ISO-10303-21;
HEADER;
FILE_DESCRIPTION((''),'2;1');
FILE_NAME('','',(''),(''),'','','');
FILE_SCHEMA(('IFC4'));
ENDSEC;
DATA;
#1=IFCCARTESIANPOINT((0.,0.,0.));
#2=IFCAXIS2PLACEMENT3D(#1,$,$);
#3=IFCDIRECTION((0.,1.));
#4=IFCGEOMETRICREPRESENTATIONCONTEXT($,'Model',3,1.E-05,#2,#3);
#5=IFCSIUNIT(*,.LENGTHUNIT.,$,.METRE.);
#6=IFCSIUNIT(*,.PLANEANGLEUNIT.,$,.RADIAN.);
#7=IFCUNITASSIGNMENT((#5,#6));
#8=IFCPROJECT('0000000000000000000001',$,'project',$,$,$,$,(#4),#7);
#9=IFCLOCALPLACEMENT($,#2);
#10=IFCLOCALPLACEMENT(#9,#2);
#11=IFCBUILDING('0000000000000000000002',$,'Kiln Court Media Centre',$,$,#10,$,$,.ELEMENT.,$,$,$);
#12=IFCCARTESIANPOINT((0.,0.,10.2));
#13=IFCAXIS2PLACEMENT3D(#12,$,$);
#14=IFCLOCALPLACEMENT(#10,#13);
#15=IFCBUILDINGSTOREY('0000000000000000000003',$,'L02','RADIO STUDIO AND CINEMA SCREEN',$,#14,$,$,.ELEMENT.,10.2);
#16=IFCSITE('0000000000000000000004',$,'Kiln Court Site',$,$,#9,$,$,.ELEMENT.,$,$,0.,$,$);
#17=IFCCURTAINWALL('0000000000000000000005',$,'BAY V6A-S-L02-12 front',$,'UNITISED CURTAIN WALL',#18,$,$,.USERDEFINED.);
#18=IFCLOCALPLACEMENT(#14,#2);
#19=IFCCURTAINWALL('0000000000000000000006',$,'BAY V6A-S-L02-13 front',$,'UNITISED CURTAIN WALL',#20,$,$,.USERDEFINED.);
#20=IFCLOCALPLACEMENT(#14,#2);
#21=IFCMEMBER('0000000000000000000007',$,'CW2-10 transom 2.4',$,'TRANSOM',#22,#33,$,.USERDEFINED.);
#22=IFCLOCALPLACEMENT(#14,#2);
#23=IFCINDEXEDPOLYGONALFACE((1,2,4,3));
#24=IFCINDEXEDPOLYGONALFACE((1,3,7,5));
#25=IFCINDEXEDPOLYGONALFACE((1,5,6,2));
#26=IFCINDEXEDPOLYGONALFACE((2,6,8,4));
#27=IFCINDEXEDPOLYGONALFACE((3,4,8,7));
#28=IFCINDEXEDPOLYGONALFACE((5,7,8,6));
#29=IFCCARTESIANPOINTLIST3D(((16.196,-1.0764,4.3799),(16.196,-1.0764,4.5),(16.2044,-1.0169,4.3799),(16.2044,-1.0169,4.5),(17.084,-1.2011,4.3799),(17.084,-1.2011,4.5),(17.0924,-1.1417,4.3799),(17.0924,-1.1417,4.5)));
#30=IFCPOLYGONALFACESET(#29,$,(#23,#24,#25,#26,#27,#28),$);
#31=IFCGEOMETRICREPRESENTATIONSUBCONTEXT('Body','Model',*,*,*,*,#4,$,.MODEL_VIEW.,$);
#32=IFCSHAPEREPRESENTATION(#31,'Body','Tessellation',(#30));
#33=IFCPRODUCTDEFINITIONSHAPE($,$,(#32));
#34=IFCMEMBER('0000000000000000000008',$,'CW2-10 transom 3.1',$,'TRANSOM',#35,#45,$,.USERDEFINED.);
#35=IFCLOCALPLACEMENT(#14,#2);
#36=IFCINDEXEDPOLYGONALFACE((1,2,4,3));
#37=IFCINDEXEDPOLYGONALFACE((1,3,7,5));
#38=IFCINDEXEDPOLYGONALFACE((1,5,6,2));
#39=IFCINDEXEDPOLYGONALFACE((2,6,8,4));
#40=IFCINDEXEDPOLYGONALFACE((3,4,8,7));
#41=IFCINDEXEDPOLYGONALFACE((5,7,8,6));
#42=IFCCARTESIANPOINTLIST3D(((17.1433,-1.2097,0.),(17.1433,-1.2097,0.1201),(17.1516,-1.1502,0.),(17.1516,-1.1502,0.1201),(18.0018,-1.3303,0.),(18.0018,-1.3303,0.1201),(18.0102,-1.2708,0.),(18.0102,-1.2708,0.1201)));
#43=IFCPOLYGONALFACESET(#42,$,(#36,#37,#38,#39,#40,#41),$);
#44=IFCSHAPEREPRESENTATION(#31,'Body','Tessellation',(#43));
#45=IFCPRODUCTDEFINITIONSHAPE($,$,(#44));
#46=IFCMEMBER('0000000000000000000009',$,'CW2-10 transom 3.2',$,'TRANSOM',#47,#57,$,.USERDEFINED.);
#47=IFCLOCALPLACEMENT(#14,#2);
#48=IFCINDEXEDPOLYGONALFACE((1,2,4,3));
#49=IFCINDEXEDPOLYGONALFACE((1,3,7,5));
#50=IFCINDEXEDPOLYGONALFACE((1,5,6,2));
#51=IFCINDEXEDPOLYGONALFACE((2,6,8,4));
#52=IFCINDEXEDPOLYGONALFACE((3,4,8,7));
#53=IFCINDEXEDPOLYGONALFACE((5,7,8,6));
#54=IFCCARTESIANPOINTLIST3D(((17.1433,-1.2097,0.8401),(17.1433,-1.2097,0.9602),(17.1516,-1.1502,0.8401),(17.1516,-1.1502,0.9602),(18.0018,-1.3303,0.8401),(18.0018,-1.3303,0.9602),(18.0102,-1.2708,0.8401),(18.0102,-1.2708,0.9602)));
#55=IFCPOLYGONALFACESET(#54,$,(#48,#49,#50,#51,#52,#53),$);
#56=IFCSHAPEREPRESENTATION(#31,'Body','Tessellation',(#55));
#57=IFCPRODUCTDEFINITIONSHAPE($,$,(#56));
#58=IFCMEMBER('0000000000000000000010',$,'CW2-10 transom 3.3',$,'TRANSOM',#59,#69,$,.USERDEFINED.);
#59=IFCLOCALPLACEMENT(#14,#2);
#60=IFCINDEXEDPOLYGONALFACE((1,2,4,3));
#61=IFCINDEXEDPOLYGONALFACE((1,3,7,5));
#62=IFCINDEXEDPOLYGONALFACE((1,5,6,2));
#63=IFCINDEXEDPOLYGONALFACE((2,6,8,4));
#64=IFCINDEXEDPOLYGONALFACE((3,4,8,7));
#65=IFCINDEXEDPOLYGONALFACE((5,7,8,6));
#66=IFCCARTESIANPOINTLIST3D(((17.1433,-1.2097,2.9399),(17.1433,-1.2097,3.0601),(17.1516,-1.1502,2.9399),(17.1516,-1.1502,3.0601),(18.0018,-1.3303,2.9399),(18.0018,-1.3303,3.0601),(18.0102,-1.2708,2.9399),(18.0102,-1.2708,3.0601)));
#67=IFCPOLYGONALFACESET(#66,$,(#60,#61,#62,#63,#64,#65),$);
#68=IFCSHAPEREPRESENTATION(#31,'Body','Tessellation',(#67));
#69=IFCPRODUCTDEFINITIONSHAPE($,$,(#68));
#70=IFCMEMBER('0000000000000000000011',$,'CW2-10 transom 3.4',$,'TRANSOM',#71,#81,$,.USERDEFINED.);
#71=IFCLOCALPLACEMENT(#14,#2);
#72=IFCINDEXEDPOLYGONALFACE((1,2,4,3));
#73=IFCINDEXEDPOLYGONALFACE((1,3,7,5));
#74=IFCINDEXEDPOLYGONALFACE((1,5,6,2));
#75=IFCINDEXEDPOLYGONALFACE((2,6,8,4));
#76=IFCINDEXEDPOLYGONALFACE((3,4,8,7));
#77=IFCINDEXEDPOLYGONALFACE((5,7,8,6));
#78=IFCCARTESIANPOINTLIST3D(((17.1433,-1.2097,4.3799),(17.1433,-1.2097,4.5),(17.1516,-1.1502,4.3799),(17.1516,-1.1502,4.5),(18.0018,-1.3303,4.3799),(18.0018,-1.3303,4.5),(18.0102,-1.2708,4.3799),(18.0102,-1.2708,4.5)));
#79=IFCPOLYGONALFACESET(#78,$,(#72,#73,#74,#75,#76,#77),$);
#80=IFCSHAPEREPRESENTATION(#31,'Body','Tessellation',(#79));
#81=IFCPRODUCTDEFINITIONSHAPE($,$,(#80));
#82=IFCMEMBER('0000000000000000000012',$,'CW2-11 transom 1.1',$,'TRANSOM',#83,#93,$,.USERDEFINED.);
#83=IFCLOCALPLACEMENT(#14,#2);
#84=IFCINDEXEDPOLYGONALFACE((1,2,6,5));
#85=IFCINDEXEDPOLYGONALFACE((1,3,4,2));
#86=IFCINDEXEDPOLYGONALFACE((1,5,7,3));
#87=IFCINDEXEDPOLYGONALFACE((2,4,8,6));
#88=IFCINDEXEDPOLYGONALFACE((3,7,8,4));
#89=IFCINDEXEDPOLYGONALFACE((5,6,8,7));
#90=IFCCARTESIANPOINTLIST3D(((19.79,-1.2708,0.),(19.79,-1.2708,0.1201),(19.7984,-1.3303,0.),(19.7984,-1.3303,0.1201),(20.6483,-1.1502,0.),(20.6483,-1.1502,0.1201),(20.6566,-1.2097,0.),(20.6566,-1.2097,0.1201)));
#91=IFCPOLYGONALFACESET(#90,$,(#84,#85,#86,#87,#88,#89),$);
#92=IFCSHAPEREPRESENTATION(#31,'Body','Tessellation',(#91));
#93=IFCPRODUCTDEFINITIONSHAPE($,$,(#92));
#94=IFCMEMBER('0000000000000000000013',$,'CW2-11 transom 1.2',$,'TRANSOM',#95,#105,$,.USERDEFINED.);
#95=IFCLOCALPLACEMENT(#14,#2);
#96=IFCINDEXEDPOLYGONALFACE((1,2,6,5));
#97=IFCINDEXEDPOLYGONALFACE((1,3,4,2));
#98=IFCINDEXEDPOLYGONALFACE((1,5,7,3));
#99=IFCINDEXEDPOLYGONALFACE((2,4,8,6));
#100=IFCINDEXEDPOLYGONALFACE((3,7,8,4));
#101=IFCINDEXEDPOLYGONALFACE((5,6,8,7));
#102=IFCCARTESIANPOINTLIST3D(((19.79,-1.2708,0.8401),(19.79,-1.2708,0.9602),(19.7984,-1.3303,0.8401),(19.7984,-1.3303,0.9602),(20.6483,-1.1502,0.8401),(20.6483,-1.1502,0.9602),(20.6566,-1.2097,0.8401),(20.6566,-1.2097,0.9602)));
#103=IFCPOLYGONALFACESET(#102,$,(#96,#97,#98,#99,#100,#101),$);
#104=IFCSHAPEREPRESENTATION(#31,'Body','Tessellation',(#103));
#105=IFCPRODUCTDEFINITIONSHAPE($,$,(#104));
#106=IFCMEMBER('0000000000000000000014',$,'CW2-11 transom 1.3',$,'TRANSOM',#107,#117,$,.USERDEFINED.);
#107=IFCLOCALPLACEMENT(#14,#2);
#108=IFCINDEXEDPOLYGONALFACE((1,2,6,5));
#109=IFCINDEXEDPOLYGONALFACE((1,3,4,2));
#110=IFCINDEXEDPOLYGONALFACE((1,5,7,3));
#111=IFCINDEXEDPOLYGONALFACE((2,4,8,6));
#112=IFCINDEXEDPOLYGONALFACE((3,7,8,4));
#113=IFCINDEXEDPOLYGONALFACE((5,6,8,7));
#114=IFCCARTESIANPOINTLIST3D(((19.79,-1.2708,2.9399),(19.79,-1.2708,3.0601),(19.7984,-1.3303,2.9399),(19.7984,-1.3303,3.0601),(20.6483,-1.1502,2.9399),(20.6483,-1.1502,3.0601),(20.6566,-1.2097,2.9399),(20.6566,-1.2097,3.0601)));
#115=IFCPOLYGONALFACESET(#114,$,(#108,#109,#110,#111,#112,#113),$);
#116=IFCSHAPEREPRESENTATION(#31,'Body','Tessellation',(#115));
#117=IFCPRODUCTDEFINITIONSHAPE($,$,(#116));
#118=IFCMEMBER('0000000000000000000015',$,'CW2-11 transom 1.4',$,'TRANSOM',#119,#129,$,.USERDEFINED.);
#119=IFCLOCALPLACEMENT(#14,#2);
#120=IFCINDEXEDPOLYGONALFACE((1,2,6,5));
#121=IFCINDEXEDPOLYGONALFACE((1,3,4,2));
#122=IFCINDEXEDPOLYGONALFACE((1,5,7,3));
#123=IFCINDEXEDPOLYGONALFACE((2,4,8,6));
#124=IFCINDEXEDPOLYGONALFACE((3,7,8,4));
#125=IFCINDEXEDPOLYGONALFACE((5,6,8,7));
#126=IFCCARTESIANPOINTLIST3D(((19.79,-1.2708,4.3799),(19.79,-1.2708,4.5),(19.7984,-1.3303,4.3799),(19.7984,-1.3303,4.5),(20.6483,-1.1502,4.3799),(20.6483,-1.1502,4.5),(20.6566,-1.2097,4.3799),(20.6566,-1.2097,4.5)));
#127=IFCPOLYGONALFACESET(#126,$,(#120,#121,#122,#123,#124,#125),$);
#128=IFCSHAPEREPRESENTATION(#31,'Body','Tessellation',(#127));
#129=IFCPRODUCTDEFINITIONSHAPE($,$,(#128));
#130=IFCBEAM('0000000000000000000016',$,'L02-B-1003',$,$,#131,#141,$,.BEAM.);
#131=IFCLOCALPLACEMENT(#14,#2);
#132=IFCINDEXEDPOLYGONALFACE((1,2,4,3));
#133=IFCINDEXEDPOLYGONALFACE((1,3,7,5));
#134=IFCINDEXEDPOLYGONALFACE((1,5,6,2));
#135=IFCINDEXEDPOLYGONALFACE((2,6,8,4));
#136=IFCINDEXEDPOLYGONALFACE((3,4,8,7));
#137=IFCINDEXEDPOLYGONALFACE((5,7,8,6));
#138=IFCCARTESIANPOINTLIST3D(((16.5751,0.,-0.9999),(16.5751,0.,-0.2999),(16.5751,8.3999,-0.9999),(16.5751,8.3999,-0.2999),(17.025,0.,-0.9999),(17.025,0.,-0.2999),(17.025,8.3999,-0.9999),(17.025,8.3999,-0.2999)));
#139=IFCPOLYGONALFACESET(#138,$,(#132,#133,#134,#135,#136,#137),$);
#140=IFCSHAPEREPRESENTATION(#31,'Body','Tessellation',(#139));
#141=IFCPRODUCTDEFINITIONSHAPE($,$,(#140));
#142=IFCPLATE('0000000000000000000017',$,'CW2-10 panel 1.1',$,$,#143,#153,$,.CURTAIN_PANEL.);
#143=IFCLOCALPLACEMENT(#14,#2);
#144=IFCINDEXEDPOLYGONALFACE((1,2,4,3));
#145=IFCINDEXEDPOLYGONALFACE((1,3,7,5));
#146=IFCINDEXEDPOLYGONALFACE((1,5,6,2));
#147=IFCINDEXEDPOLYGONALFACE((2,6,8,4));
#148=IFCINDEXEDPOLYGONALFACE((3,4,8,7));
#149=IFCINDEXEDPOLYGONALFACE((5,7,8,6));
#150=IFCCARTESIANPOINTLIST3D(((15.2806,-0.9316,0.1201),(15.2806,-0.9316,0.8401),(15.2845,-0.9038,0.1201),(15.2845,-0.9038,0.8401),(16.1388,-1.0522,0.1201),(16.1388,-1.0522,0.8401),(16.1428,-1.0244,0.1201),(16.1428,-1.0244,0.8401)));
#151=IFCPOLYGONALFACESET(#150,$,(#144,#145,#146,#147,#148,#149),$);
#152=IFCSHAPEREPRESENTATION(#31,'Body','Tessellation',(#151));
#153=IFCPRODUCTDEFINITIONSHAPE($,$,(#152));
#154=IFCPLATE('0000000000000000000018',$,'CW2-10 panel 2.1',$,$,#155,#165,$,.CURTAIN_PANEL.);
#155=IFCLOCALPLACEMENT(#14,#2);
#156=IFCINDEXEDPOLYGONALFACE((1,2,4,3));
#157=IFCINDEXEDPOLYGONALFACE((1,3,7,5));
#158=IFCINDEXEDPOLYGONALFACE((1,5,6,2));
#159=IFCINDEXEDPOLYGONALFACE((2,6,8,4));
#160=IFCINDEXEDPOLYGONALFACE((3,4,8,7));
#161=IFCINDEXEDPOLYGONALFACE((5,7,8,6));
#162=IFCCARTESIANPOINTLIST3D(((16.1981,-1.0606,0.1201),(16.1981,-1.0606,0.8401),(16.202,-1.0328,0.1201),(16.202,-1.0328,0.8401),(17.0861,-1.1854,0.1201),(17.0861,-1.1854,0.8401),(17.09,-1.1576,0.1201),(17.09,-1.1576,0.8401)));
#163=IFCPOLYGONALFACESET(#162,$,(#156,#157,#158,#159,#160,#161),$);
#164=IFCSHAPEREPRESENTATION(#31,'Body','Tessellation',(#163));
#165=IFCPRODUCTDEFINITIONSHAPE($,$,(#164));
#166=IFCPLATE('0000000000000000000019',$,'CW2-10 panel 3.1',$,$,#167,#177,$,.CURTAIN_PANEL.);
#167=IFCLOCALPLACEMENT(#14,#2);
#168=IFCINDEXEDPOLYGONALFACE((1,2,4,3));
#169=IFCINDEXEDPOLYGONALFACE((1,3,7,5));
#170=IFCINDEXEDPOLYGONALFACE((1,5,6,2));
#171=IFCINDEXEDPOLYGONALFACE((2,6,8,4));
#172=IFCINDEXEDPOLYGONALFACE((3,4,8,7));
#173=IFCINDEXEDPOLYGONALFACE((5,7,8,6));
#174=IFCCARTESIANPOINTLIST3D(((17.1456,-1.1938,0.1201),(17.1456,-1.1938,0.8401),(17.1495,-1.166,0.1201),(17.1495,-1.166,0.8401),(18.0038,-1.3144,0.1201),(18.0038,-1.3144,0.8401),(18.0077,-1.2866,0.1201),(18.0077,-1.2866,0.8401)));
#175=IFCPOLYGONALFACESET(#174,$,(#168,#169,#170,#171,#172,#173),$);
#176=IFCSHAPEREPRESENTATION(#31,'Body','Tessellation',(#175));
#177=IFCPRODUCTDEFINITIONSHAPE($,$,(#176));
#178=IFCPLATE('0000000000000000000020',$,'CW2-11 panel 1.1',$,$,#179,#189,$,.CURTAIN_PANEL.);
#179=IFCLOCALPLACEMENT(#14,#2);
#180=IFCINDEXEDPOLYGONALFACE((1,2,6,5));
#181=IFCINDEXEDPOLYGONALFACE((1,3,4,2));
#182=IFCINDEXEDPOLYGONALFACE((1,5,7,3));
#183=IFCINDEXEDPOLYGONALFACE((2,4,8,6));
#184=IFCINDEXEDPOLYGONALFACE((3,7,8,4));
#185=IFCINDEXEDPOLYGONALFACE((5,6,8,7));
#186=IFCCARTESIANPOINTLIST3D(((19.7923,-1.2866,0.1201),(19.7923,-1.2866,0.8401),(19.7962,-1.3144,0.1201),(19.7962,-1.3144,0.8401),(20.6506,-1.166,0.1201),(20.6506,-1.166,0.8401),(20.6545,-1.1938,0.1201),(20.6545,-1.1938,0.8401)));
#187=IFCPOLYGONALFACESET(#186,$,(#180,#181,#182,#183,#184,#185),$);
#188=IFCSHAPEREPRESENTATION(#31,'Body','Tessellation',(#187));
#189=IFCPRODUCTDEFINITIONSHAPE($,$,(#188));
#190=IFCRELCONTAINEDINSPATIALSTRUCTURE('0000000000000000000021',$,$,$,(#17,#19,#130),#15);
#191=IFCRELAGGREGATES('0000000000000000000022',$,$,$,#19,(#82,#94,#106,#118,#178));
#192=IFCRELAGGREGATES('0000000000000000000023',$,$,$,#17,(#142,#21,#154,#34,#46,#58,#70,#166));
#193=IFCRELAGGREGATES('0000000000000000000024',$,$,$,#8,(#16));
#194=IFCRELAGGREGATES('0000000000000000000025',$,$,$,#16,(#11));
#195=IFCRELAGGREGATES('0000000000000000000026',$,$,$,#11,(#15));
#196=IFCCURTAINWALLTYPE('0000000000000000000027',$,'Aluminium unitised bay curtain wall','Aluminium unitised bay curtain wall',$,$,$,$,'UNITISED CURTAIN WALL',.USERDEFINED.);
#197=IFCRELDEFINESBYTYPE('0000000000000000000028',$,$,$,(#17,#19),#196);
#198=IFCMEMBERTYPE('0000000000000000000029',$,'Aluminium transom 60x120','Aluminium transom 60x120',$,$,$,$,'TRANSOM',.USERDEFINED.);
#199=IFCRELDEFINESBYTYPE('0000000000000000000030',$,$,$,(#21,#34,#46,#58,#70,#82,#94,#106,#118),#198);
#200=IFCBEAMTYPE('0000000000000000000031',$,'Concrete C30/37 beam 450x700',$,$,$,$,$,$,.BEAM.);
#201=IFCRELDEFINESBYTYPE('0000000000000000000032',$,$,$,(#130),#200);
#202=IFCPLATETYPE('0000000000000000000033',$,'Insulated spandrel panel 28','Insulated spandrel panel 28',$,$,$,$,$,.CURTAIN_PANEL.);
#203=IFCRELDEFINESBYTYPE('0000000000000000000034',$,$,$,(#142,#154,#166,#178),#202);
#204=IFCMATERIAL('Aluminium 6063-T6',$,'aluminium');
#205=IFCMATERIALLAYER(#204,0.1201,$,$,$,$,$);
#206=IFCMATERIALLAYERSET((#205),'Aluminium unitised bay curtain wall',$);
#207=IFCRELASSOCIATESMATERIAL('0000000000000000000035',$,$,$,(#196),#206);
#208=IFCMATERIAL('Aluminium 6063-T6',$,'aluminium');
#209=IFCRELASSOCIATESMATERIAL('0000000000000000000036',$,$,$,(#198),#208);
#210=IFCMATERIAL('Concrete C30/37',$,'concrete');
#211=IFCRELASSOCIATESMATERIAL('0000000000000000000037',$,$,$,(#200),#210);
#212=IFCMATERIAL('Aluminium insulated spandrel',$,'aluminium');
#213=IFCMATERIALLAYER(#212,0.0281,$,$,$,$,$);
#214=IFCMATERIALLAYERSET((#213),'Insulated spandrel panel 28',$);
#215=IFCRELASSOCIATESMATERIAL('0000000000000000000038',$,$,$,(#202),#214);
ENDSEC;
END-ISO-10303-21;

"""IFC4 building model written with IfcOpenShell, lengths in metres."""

from ifc_helpers import new_model, si_unit, direction, frame, origin, origin_2d, place, context, subcontext, project, spatial, rectangle, extrude, material, layer, layer_set, material_profile, profile_set, type_object, element, aggregate, save


model = new_model("IFC4")

# Units and contexts
model_context = context("Model", 3, precision=1e-05, world=origin(), true_north=direction((0.0, 1.0)))
body_context = subcontext(model_context, "Body", "Model", "MODEL_VIEW")
ifc_project = project(units=[si_unit("LENGTHUNIT", "METRE"), si_unit("PLANEANGLEUNIT", "RADIAN")], contexts=[model_context])

# Site, building, storey
site_placement = place(None, origin())
site = spatial("IfcSite", under=ifc_project, at=site_placement, Name="Kiln Court Site", CompositionType="ELEMENT", RefElevation=0.0)
building_placement = place(site_placement, origin())
building = spatial("IfcBuilding", under=site, at=building_placement, Name="Kiln Court Media Centre", CompositionType="ELEMENT")
storey_placement = place(building_placement, frame((0.0, 0.0, 10.2)))
storey = spatial("IfcBuildingStorey", under=building, at=storey_placement, Name="L02", Description="RADIO STUDIO AND CINEMA SCREEN", CompositionType="ELEMENT", Elevation=10.2)

# Shared definitions
ifc_material_1 = material(Name="Aluminium 6063-T6", Category="aluminium")
ifc_layer_1 = layer(ifc_material_1, 0.1201)
ifc_layer_set_1 = layer_set([ifc_layer_1], Name="Aluminium unitised bay curtain wall")
curtain_wall_type = type_object("IfcCurtainWallType", Name="Aluminium unitised bay curtain wall", Description="Aluminium unitised bay curtain wall", ElementType="UNITISED CURTAIN WALL", PredefinedType="USERDEFINED", material=ifc_layer_set_1)

# Curtain wall
curtain_wall_1_placement = place(storey_placement, origin())
curtain_wall_1 = element("IfcCurtainWall", 1, at=curtain_wall_1_placement, inside=storey, type_object=curtain_wall_type, Name="BAY V6A-S-L02-12 front", ObjectType="UNITISED CURTAIN WALL", PredefinedType="USERDEFINED")

# Curtain wall
curtain_wall_2_placement = place(storey_placement, origin())
curtain_wall_2 = element("IfcCurtainWall", 2, at=curtain_wall_2_placement, inside=storey, type_object=curtain_wall_type, Name="BAY V6A-S-L02-13 front", ObjectType="UNITISED CURTAIN WALL", PredefinedType="USERDEFINED")

# Members
ifc_material_2 = material(Name="Aluminium 6063-T6", Category="aluminium")
ifc_material_profile_1 = material_profile(ifc_material_2, rectangle(XDim=0.0601, YDim=0.1201, at=origin_2d()), Name="Aluminium transom 60x120")
ifc_profile_set_1 = profile_set([ifc_material_profile_1], Name="Aluminium 6063-T6")
member_type_1 = type_object("IfcMemberType", Name="Aluminium transom 60x120", Description="Aluminium transom 60x120", ElementType="TRANSOM", PredefinedType="USERDEFINED", material=ifc_profile_set_1)
member_1_placement = place(storey_placement, frame((16.2002, -1.0466, 4.4399), z_axis=(0.990274, -0.139134, 0.0), x_axis=(0.139134, 0.990274, 0.0)))
member_1 = element("IfcMember", 3, at=member_1_placement, type_object=member_type_1, Name="CW2-10 transom 2.4", ObjectType="TRANSOM", PredefinedType="USERDEFINED", context=body_context, shape_type="SweptSolid", body=[
    extrude(rectangle(XDim=0.0601, YDim=0.1201, at=origin_2d()), origin(), (0.0, 0.0, 1.0), 0.8967),
])
member_2_placement = place(storey_placement, frame((17.1475, -1.1799, 0.0601), z_axis=(0.990274, -0.139134, 0.0), x_axis=(0.139134, 0.990274, 0.0)))
member_2 = element("IfcMember", 4, at=member_2_placement, type_object=member_type_1, Name="CW2-10 transom 3.1", ObjectType="TRANSOM", PredefinedType="USERDEFINED", context=body_context, shape_type="SweptSolid", body=[
    extrude(rectangle(XDim=0.0601, YDim=0.1201, at=origin_2d()), origin(), (0.0, 0.0, 1.0), 0.8669),
])
member_3_placement = place(storey_placement, frame((17.1475, -1.1799, 0.9001), z_axis=(0.990274, -0.139134, 0.0), x_axis=(0.139134, 0.990274, 0.0)))
member_3 = element("IfcMember", 5, at=member_3_placement, type_object=member_type_1, Name="CW2-10 transom 3.2", ObjectType="TRANSOM", PredefinedType="USERDEFINED", context=body_context, shape_type="SweptSolid", body=[
    extrude(rectangle(XDim=0.0601, YDim=0.1201, at=origin_2d()), origin(), (0.0, 0.0, 1.0), 0.8669),
])
member_4_placement = place(storey_placement, frame((17.1475, -1.1799, 3.0), z_axis=(0.990274, -0.139134, 0.0), x_axis=(0.139134, 0.990274, 0.0)))
member_4 = element("IfcMember", 6, at=member_4_placement, type_object=member_type_1, Name="CW2-10 transom 3.3", ObjectType="TRANSOM", PredefinedType="USERDEFINED", context=body_context, shape_type="SweptSolid", body=[
    extrude(rectangle(XDim=0.0601, YDim=0.1201, at=origin_2d()), origin(), (0.0, 0.0, 1.0), 0.8669),
])
member_5_placement = place(storey_placement, frame((17.1475, -1.1799, 4.4399), z_axis=(0.990274, -0.139134, 0.0), x_axis=(0.139134, 0.990274, 0.0)))
member_5 = element("IfcMember", 7, at=member_5_placement, type_object=member_type_1, Name="CW2-10 transom 3.4", ObjectType="TRANSOM", PredefinedType="USERDEFINED", context=body_context, shape_type="SweptSolid", body=[
    extrude(rectangle(XDim=0.0601, YDim=0.1201, at=origin_2d()), origin(), (0.0, 0.0, 1.0), 0.8669),
])
member_6_placement = place(storey_placement, frame((19.7942, -1.3005, 0.0601), z_axis=(0.990268, 0.139173, 0.0), x_axis=(-0.139173, 0.990268, 0.0)))
member_6 = element("IfcMember", 8, at=member_6_placement, type_object=member_type_1, Name="CW2-11 transom 1.1", ObjectType="TRANSOM", PredefinedType="USERDEFINED", context=body_context, shape_type="SweptSolid", body=[
    extrude(rectangle(XDim=0.0601, YDim=0.1201, at=origin_2d()), origin(), (0.0, 0.0, 1.0), 0.8667),
])
member_7_placement = place(storey_placement, frame((19.7942, -1.3005, 0.9001), z_axis=(0.990268, 0.139173, 0.0), x_axis=(-0.139173, 0.990268, 0.0)))
member_7 = element("IfcMember", 9, at=member_7_placement, type_object=member_type_1, Name="CW2-11 transom 1.2", ObjectType="TRANSOM", PredefinedType="USERDEFINED", context=body_context, shape_type="SweptSolid", body=[
    extrude(rectangle(XDim=0.0601, YDim=0.1201, at=origin_2d()), origin(), (0.0, 0.0, 1.0), 0.8667),
])
member_8_placement = place(storey_placement, frame((19.7942, -1.3005, 3.0), z_axis=(0.990268, 0.139173, 0.0), x_axis=(-0.139173, 0.990268, 0.0)))
member_8 = element("IfcMember", 10, at=member_8_placement, type_object=member_type_1, Name="CW2-11 transom 1.3", ObjectType="TRANSOM", PredefinedType="USERDEFINED", context=body_context, shape_type="SweptSolid", body=[
    extrude(rectangle(XDim=0.0601, YDim=0.1201, at=origin_2d()), origin(), (0.0, 0.0, 1.0), 0.8667),
])
member_9_placement = place(storey_placement, frame((19.7942, -1.3005, 4.4399), z_axis=(0.990268, 0.139173, 0.0), x_axis=(-0.139173, 0.990268, 0.0)))
member_9 = element("IfcMember", 11, at=member_9_placement, type_object=member_type_1, Name="CW2-11 transom 1.4", ObjectType="TRANSOM", PredefinedType="USERDEFINED", context=body_context, shape_type="SweptSolid", body=[
    extrude(rectangle(XDim=0.0601, YDim=0.1201, at=origin_2d()), origin(), (0.0, 0.0, 1.0), 0.8667),
])

# Beam
ifc_material_3 = material(Name="Concrete C30/37", Category="concrete")
ifc_material_profile_2 = material_profile(ifc_material_3, rectangle(XDim=0.45, YDim=0.7, at=origin_2d()), Name="RC 450x700")
ifc_profile_set_2 = profile_set([ifc_material_profile_2], Name="Concrete C30/37")
beam_type = type_object("IfcBeamType", Name="Concrete C30/37 beam 450x700", PredefinedType="BEAM", material=ifc_profile_set_2)
beam_placement = place(storey_placement, frame((16.8, 0.0, -0.6499), z_axis=(0.0, 1.0, 0.0), x_axis=(-1.0, 0.0, 0.0)))
element("IfcBeam", 12, at=beam_placement, inside=storey, type_object=beam_type, Name="L02-B-1003", PredefinedType="BEAM", context=body_context, shape_type="SweptSolid", body=[
    extrude(rectangle(XDim=0.45, YDim=0.7, at=origin_2d()), origin(), (0.0, 0.0, 1.0), 8.3999),
])

# Plates
ifc_material_4 = material(Name="Aluminium insulated spandrel", Category="aluminium")
ifc_layer_2 = layer(ifc_material_4, 0.0281)
ifc_layer_set_2 = layer_set([ifc_layer_2], Name="Insulated spandrel panel 28")
plate_type_1 = type_object("IfcPlateType", Name="Insulated spandrel panel 28", Description="Insulated spandrel panel 28", PredefinedType="CURTAIN_PANEL", material=ifc_layer_set_2)
plate_1_placement = place(storey_placement, frame((15.7117, -0.978, 0.1201), z_axis=(0.0, 0.0, 1.0), x_axis=(0.99027, -0.139162, 0.0)))
plate_1 = element("IfcPlate", 13, at=plate_1_placement, type_object=plate_type_1, Name="CW2-10 panel 1.1", PredefinedType="CURTAIN_PANEL", context=body_context, shape_type="SweptSolid", body=[
    extrude(rectangle(XDim=0.8667, YDim=0.0281, at=origin_2d()), origin(), (0.0, 0.0, 1.0), 0.72),
])
plate_2_placement = place(storey_placement, frame((16.644, -1.1091, 0.1201), z_axis=(0.0, 0.0, 1.0), x_axis=(0.99027, -0.139162, 0.0)))
plate_2 = element("IfcPlate", 14, at=plate_2_placement, type_object=plate_type_1, Name="CW2-10 panel 2.1", PredefinedType="CURTAIN_PANEL", context=body_context, shape_type="SweptSolid", body=[
    extrude(rectangle(XDim=0.8967, YDim=0.0281, at=origin_2d()), origin(), (0.0, 0.0, 1.0), 0.72),
])
plate_3_placement = place(storey_placement, frame((17.5767, -1.2402, 0.1201), z_axis=(0.0, 0.0, 1.0), x_axis=(0.99027, -0.139162, 0.0)))
plate_3 = element("IfcPlate", 15, at=plate_3_placement, type_object=plate_type_1, Name="CW2-10 panel 3.1", PredefinedType="CURTAIN_PANEL", context=body_context, shape_type="SweptSolid", body=[
    extrude(rectangle(XDim=0.8667, YDim=0.0281, at=origin_2d()), origin(), (0.0, 0.0, 1.0), 0.72),
])
plate_4_placement = place(storey_placement, frame((20.2234, -1.2402, 0.1201), z_axis=(0.0, 0.0, 1.0), x_axis=(0.99027, 0.139162, 0.0)))
plate_4 = element("IfcPlate", 16, at=plate_4_placement, type_object=plate_type_1, Name="CW2-11 panel 1.1", PredefinedType="CURTAIN_PANEL", context=body_context, shape_type="SweptSolid", body=[
    extrude(rectangle(XDim=0.8667, YDim=0.0281, at=origin_2d()), origin(), (0.0, 0.0, 1.0), 0.72),
])
aggregate(curtain_wall_2, [member_6, member_7, member_8, member_9, plate_4])
aggregate(curtain_wall_1, [plate_1, member_1, plate_2, member_2, member_3, member_4, member_5, plate_3])

save(model, "model.ifc")
